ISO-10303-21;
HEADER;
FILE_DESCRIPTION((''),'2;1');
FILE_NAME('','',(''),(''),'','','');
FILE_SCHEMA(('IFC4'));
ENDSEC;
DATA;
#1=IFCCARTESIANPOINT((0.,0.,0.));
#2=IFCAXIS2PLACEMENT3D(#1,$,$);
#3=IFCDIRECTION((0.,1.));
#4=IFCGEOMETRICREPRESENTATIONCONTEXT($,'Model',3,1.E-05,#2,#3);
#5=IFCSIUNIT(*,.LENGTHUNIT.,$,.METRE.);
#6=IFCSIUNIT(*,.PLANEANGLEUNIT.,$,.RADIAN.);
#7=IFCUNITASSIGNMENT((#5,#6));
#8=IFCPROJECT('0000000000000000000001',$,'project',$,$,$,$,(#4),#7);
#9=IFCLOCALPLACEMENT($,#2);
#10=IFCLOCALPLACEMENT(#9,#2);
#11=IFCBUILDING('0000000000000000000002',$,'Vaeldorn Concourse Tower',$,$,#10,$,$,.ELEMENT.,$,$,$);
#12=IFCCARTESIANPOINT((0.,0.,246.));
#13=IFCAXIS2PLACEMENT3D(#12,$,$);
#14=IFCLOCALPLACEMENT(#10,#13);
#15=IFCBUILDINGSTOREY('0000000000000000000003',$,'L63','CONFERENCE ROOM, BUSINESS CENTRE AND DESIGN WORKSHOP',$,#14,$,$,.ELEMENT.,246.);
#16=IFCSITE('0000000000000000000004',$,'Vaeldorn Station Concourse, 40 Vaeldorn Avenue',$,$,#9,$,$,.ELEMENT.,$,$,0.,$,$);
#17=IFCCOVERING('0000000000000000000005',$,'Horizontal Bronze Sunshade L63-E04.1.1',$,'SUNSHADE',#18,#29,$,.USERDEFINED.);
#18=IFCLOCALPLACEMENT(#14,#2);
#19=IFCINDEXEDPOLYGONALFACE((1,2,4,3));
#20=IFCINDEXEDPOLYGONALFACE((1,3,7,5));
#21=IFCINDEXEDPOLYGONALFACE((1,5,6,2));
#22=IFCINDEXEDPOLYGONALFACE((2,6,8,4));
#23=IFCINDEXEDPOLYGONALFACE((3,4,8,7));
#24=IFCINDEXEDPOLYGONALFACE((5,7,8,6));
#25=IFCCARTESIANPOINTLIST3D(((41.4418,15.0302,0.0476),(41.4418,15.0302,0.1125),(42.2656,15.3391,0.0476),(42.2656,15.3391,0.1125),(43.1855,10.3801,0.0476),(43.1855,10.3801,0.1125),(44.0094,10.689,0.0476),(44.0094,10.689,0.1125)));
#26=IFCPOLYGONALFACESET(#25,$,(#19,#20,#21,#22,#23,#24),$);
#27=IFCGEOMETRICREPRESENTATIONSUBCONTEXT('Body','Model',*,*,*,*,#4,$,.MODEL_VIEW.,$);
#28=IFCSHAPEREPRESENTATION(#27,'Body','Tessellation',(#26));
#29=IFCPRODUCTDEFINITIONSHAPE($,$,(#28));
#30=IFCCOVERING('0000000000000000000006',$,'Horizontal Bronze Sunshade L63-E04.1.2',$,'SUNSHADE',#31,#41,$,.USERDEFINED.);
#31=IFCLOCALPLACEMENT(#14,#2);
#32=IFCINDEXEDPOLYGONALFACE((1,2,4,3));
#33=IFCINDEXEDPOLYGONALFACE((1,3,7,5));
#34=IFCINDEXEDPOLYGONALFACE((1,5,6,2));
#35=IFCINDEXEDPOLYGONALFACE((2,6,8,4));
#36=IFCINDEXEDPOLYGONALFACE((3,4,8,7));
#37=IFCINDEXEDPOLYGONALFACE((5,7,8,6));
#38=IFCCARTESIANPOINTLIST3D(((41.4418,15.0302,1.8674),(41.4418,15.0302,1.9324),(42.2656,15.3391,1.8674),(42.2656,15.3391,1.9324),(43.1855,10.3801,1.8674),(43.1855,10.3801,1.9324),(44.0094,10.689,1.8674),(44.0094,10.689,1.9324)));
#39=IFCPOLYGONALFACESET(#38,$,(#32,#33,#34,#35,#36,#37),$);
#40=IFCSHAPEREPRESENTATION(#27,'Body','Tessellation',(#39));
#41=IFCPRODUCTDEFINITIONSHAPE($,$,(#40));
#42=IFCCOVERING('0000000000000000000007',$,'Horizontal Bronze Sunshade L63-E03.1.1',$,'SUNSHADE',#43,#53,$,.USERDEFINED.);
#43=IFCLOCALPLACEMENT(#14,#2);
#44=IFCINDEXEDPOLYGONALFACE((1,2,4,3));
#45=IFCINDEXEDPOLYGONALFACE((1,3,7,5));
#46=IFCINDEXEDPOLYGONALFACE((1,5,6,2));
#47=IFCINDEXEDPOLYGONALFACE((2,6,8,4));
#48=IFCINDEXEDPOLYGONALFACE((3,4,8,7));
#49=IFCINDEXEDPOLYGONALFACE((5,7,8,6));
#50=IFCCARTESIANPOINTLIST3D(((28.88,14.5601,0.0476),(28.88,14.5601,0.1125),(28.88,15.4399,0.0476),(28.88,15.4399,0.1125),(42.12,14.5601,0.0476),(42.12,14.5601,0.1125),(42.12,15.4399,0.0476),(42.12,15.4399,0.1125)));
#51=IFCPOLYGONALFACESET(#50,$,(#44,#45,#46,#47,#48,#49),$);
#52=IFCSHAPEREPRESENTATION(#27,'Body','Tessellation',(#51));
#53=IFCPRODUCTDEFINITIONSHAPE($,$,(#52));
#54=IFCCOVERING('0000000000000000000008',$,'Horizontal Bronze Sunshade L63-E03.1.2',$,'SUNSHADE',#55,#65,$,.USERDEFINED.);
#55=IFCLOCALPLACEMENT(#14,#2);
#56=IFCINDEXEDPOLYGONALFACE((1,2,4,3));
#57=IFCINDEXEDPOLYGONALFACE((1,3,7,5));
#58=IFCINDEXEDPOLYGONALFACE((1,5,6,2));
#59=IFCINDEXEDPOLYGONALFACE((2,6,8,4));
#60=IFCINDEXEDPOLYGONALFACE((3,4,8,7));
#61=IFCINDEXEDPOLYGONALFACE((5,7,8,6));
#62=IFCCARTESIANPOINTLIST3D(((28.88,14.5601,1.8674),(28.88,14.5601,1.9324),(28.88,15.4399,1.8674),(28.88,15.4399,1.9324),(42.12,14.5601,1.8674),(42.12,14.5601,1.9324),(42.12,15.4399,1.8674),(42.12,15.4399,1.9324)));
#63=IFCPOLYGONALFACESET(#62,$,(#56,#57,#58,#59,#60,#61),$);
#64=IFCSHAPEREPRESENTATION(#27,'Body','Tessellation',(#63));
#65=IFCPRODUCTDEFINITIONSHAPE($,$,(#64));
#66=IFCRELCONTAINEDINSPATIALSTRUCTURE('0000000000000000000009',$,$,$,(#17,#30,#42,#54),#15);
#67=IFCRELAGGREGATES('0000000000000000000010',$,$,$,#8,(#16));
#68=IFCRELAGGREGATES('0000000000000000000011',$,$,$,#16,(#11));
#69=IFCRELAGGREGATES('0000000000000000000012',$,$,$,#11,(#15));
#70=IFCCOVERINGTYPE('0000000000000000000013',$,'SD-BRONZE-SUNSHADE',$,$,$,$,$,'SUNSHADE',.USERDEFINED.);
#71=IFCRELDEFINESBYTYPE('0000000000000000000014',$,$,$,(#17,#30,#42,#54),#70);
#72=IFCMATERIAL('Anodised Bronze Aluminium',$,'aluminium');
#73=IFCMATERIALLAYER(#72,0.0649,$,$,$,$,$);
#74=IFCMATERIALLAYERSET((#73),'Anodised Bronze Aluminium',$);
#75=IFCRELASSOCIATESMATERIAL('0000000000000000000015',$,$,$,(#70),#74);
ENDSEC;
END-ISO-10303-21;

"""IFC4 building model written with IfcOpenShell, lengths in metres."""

from ifc_helpers import new_model, si_unit, direction, frame, origin, origin_2d, place, context, subcontext, project, spatial, rectangle, extrude, source, transform, mapped, material, layer, layer_set, type_object, element, save


model = new_model("IFC4")

# Units and contexts
model_context = context("Model", 3, precision=1e-05, world=origin(), true_north=direction((0.0, 1.0)))
body_context = subcontext(model_context, "Body", "Model", "MODEL_VIEW")
ifc_project = project(units=[si_unit("LENGTHUNIT", "METRE"), si_unit("PLANEANGLEUNIT", "RADIAN")], contexts=[model_context])

# Site, building, storey
site_placement = place(None, origin())
site = spatial("IfcSite", under=ifc_project, at=site_placement, Name="Vaeldorn Station Concourse, 40 Vaeldorn Avenue", CompositionType="ELEMENT", RefElevation=0.0)
building_placement = place(site_placement, origin())
building = spatial("IfcBuilding", under=site, at=building_placement, Name="Vaeldorn Concourse Tower", CompositionType="ELEMENT")
storey_placement = place(building_placement, frame((0.0, 0.0, 246.0)))
storey = spatial("IfcBuildingStorey", under=building, at=storey_placement, Name="L63", Description="CONFERENCE ROOM, BUSINESS CENTRE AND DESIGN WORKSHOP", CompositionType="ELEMENT", Elevation=246.0)

# Shared definitions
ifc_material_1 = material(Name="Anodised Bronze Aluminium", Category="aluminium")

# Coverings
ifc_layer_1 = layer(ifc_material_1, 0.0649)
ifc_layer_set_1 = layer_set([ifc_layer_1], Name="Anodised Bronze Aluminium")
covering_type = type_object("IfcCoveringType", Name="SD-BRONZE-SUNSHADE", ElementType="SUNSHADE", PredefinedType="USERDEFINED", material=ifc_layer_set_1)
shared_shape_1 = source(origin(), body_context, "Body", "SweptSolid", [
    extrude(rectangle(XDim=4.9663, YDim=0.8799, at=origin_2d()), origin(), (0.0, 0.0, 1.0), 0.0649),
])
for number, where, z_axis, x_axis, name in (
    (1, (42.7256, 12.8596, 0.0476), (0.0, 0.0, 1.0), (0.351123, -0.936329, 0.0), "Horizontal Bronze Sunshade L63-E04.1.1"),
    (2, (42.7256, 12.8596, 1.8674), (0.0, 0.0, 1.0), (0.351123, -0.936329, 0.0), "Horizontal Bronze Sunshade L63-E04.1.2"),
):
    element("IfcCovering", number, at=place(storey_placement, frame(where, z_axis=z_axis, x_axis=x_axis)), inside=storey, type_object=covering_type, Name=name, ObjectType="SUNSHADE", PredefinedType="USERDEFINED", context=body_context, shape_type="MappedRepresentation", body=[
        mapped(shared_shape_1, transform((0.0, 0.0, 0.0), scale=1.0)),
    ])
shared_shape_2 = source(origin(), body_context, "Body", "SweptSolid", [
    extrude(rectangle(XDim=13.24, YDim=0.8799, at=origin_2d()), origin(), (0.0, 0.0, 1.0), 0.0649),
])
for number, where, z_axis, x_axis, name in (
    (3, (35.5, 15.0, 0.0476), (0.0, 0.0, 1.0), (1.0, 0.0, 0.0), "Horizontal Bronze Sunshade L63-E03.1.1"),
    (4, (35.5, 15.0, 1.8674), (0.0, 0.0, 1.0), (1.0, 0.0, 0.0), "Horizontal Bronze Sunshade L63-E03.1.2"),
):
    element("IfcCovering", number, at=place(storey_placement, frame(where, z_axis=z_axis, x_axis=x_axis)), inside=storey, type_object=covering_type, Name=name, ObjectType="SUNSHADE", PredefinedType="USERDEFINED", context=body_context, shape_type="MappedRepresentation", body=[
        mapped(shared_shape_2, transform((0.0, 0.0, 0.0), scale=1.0)),
    ])

save(model, "model.ifc")
